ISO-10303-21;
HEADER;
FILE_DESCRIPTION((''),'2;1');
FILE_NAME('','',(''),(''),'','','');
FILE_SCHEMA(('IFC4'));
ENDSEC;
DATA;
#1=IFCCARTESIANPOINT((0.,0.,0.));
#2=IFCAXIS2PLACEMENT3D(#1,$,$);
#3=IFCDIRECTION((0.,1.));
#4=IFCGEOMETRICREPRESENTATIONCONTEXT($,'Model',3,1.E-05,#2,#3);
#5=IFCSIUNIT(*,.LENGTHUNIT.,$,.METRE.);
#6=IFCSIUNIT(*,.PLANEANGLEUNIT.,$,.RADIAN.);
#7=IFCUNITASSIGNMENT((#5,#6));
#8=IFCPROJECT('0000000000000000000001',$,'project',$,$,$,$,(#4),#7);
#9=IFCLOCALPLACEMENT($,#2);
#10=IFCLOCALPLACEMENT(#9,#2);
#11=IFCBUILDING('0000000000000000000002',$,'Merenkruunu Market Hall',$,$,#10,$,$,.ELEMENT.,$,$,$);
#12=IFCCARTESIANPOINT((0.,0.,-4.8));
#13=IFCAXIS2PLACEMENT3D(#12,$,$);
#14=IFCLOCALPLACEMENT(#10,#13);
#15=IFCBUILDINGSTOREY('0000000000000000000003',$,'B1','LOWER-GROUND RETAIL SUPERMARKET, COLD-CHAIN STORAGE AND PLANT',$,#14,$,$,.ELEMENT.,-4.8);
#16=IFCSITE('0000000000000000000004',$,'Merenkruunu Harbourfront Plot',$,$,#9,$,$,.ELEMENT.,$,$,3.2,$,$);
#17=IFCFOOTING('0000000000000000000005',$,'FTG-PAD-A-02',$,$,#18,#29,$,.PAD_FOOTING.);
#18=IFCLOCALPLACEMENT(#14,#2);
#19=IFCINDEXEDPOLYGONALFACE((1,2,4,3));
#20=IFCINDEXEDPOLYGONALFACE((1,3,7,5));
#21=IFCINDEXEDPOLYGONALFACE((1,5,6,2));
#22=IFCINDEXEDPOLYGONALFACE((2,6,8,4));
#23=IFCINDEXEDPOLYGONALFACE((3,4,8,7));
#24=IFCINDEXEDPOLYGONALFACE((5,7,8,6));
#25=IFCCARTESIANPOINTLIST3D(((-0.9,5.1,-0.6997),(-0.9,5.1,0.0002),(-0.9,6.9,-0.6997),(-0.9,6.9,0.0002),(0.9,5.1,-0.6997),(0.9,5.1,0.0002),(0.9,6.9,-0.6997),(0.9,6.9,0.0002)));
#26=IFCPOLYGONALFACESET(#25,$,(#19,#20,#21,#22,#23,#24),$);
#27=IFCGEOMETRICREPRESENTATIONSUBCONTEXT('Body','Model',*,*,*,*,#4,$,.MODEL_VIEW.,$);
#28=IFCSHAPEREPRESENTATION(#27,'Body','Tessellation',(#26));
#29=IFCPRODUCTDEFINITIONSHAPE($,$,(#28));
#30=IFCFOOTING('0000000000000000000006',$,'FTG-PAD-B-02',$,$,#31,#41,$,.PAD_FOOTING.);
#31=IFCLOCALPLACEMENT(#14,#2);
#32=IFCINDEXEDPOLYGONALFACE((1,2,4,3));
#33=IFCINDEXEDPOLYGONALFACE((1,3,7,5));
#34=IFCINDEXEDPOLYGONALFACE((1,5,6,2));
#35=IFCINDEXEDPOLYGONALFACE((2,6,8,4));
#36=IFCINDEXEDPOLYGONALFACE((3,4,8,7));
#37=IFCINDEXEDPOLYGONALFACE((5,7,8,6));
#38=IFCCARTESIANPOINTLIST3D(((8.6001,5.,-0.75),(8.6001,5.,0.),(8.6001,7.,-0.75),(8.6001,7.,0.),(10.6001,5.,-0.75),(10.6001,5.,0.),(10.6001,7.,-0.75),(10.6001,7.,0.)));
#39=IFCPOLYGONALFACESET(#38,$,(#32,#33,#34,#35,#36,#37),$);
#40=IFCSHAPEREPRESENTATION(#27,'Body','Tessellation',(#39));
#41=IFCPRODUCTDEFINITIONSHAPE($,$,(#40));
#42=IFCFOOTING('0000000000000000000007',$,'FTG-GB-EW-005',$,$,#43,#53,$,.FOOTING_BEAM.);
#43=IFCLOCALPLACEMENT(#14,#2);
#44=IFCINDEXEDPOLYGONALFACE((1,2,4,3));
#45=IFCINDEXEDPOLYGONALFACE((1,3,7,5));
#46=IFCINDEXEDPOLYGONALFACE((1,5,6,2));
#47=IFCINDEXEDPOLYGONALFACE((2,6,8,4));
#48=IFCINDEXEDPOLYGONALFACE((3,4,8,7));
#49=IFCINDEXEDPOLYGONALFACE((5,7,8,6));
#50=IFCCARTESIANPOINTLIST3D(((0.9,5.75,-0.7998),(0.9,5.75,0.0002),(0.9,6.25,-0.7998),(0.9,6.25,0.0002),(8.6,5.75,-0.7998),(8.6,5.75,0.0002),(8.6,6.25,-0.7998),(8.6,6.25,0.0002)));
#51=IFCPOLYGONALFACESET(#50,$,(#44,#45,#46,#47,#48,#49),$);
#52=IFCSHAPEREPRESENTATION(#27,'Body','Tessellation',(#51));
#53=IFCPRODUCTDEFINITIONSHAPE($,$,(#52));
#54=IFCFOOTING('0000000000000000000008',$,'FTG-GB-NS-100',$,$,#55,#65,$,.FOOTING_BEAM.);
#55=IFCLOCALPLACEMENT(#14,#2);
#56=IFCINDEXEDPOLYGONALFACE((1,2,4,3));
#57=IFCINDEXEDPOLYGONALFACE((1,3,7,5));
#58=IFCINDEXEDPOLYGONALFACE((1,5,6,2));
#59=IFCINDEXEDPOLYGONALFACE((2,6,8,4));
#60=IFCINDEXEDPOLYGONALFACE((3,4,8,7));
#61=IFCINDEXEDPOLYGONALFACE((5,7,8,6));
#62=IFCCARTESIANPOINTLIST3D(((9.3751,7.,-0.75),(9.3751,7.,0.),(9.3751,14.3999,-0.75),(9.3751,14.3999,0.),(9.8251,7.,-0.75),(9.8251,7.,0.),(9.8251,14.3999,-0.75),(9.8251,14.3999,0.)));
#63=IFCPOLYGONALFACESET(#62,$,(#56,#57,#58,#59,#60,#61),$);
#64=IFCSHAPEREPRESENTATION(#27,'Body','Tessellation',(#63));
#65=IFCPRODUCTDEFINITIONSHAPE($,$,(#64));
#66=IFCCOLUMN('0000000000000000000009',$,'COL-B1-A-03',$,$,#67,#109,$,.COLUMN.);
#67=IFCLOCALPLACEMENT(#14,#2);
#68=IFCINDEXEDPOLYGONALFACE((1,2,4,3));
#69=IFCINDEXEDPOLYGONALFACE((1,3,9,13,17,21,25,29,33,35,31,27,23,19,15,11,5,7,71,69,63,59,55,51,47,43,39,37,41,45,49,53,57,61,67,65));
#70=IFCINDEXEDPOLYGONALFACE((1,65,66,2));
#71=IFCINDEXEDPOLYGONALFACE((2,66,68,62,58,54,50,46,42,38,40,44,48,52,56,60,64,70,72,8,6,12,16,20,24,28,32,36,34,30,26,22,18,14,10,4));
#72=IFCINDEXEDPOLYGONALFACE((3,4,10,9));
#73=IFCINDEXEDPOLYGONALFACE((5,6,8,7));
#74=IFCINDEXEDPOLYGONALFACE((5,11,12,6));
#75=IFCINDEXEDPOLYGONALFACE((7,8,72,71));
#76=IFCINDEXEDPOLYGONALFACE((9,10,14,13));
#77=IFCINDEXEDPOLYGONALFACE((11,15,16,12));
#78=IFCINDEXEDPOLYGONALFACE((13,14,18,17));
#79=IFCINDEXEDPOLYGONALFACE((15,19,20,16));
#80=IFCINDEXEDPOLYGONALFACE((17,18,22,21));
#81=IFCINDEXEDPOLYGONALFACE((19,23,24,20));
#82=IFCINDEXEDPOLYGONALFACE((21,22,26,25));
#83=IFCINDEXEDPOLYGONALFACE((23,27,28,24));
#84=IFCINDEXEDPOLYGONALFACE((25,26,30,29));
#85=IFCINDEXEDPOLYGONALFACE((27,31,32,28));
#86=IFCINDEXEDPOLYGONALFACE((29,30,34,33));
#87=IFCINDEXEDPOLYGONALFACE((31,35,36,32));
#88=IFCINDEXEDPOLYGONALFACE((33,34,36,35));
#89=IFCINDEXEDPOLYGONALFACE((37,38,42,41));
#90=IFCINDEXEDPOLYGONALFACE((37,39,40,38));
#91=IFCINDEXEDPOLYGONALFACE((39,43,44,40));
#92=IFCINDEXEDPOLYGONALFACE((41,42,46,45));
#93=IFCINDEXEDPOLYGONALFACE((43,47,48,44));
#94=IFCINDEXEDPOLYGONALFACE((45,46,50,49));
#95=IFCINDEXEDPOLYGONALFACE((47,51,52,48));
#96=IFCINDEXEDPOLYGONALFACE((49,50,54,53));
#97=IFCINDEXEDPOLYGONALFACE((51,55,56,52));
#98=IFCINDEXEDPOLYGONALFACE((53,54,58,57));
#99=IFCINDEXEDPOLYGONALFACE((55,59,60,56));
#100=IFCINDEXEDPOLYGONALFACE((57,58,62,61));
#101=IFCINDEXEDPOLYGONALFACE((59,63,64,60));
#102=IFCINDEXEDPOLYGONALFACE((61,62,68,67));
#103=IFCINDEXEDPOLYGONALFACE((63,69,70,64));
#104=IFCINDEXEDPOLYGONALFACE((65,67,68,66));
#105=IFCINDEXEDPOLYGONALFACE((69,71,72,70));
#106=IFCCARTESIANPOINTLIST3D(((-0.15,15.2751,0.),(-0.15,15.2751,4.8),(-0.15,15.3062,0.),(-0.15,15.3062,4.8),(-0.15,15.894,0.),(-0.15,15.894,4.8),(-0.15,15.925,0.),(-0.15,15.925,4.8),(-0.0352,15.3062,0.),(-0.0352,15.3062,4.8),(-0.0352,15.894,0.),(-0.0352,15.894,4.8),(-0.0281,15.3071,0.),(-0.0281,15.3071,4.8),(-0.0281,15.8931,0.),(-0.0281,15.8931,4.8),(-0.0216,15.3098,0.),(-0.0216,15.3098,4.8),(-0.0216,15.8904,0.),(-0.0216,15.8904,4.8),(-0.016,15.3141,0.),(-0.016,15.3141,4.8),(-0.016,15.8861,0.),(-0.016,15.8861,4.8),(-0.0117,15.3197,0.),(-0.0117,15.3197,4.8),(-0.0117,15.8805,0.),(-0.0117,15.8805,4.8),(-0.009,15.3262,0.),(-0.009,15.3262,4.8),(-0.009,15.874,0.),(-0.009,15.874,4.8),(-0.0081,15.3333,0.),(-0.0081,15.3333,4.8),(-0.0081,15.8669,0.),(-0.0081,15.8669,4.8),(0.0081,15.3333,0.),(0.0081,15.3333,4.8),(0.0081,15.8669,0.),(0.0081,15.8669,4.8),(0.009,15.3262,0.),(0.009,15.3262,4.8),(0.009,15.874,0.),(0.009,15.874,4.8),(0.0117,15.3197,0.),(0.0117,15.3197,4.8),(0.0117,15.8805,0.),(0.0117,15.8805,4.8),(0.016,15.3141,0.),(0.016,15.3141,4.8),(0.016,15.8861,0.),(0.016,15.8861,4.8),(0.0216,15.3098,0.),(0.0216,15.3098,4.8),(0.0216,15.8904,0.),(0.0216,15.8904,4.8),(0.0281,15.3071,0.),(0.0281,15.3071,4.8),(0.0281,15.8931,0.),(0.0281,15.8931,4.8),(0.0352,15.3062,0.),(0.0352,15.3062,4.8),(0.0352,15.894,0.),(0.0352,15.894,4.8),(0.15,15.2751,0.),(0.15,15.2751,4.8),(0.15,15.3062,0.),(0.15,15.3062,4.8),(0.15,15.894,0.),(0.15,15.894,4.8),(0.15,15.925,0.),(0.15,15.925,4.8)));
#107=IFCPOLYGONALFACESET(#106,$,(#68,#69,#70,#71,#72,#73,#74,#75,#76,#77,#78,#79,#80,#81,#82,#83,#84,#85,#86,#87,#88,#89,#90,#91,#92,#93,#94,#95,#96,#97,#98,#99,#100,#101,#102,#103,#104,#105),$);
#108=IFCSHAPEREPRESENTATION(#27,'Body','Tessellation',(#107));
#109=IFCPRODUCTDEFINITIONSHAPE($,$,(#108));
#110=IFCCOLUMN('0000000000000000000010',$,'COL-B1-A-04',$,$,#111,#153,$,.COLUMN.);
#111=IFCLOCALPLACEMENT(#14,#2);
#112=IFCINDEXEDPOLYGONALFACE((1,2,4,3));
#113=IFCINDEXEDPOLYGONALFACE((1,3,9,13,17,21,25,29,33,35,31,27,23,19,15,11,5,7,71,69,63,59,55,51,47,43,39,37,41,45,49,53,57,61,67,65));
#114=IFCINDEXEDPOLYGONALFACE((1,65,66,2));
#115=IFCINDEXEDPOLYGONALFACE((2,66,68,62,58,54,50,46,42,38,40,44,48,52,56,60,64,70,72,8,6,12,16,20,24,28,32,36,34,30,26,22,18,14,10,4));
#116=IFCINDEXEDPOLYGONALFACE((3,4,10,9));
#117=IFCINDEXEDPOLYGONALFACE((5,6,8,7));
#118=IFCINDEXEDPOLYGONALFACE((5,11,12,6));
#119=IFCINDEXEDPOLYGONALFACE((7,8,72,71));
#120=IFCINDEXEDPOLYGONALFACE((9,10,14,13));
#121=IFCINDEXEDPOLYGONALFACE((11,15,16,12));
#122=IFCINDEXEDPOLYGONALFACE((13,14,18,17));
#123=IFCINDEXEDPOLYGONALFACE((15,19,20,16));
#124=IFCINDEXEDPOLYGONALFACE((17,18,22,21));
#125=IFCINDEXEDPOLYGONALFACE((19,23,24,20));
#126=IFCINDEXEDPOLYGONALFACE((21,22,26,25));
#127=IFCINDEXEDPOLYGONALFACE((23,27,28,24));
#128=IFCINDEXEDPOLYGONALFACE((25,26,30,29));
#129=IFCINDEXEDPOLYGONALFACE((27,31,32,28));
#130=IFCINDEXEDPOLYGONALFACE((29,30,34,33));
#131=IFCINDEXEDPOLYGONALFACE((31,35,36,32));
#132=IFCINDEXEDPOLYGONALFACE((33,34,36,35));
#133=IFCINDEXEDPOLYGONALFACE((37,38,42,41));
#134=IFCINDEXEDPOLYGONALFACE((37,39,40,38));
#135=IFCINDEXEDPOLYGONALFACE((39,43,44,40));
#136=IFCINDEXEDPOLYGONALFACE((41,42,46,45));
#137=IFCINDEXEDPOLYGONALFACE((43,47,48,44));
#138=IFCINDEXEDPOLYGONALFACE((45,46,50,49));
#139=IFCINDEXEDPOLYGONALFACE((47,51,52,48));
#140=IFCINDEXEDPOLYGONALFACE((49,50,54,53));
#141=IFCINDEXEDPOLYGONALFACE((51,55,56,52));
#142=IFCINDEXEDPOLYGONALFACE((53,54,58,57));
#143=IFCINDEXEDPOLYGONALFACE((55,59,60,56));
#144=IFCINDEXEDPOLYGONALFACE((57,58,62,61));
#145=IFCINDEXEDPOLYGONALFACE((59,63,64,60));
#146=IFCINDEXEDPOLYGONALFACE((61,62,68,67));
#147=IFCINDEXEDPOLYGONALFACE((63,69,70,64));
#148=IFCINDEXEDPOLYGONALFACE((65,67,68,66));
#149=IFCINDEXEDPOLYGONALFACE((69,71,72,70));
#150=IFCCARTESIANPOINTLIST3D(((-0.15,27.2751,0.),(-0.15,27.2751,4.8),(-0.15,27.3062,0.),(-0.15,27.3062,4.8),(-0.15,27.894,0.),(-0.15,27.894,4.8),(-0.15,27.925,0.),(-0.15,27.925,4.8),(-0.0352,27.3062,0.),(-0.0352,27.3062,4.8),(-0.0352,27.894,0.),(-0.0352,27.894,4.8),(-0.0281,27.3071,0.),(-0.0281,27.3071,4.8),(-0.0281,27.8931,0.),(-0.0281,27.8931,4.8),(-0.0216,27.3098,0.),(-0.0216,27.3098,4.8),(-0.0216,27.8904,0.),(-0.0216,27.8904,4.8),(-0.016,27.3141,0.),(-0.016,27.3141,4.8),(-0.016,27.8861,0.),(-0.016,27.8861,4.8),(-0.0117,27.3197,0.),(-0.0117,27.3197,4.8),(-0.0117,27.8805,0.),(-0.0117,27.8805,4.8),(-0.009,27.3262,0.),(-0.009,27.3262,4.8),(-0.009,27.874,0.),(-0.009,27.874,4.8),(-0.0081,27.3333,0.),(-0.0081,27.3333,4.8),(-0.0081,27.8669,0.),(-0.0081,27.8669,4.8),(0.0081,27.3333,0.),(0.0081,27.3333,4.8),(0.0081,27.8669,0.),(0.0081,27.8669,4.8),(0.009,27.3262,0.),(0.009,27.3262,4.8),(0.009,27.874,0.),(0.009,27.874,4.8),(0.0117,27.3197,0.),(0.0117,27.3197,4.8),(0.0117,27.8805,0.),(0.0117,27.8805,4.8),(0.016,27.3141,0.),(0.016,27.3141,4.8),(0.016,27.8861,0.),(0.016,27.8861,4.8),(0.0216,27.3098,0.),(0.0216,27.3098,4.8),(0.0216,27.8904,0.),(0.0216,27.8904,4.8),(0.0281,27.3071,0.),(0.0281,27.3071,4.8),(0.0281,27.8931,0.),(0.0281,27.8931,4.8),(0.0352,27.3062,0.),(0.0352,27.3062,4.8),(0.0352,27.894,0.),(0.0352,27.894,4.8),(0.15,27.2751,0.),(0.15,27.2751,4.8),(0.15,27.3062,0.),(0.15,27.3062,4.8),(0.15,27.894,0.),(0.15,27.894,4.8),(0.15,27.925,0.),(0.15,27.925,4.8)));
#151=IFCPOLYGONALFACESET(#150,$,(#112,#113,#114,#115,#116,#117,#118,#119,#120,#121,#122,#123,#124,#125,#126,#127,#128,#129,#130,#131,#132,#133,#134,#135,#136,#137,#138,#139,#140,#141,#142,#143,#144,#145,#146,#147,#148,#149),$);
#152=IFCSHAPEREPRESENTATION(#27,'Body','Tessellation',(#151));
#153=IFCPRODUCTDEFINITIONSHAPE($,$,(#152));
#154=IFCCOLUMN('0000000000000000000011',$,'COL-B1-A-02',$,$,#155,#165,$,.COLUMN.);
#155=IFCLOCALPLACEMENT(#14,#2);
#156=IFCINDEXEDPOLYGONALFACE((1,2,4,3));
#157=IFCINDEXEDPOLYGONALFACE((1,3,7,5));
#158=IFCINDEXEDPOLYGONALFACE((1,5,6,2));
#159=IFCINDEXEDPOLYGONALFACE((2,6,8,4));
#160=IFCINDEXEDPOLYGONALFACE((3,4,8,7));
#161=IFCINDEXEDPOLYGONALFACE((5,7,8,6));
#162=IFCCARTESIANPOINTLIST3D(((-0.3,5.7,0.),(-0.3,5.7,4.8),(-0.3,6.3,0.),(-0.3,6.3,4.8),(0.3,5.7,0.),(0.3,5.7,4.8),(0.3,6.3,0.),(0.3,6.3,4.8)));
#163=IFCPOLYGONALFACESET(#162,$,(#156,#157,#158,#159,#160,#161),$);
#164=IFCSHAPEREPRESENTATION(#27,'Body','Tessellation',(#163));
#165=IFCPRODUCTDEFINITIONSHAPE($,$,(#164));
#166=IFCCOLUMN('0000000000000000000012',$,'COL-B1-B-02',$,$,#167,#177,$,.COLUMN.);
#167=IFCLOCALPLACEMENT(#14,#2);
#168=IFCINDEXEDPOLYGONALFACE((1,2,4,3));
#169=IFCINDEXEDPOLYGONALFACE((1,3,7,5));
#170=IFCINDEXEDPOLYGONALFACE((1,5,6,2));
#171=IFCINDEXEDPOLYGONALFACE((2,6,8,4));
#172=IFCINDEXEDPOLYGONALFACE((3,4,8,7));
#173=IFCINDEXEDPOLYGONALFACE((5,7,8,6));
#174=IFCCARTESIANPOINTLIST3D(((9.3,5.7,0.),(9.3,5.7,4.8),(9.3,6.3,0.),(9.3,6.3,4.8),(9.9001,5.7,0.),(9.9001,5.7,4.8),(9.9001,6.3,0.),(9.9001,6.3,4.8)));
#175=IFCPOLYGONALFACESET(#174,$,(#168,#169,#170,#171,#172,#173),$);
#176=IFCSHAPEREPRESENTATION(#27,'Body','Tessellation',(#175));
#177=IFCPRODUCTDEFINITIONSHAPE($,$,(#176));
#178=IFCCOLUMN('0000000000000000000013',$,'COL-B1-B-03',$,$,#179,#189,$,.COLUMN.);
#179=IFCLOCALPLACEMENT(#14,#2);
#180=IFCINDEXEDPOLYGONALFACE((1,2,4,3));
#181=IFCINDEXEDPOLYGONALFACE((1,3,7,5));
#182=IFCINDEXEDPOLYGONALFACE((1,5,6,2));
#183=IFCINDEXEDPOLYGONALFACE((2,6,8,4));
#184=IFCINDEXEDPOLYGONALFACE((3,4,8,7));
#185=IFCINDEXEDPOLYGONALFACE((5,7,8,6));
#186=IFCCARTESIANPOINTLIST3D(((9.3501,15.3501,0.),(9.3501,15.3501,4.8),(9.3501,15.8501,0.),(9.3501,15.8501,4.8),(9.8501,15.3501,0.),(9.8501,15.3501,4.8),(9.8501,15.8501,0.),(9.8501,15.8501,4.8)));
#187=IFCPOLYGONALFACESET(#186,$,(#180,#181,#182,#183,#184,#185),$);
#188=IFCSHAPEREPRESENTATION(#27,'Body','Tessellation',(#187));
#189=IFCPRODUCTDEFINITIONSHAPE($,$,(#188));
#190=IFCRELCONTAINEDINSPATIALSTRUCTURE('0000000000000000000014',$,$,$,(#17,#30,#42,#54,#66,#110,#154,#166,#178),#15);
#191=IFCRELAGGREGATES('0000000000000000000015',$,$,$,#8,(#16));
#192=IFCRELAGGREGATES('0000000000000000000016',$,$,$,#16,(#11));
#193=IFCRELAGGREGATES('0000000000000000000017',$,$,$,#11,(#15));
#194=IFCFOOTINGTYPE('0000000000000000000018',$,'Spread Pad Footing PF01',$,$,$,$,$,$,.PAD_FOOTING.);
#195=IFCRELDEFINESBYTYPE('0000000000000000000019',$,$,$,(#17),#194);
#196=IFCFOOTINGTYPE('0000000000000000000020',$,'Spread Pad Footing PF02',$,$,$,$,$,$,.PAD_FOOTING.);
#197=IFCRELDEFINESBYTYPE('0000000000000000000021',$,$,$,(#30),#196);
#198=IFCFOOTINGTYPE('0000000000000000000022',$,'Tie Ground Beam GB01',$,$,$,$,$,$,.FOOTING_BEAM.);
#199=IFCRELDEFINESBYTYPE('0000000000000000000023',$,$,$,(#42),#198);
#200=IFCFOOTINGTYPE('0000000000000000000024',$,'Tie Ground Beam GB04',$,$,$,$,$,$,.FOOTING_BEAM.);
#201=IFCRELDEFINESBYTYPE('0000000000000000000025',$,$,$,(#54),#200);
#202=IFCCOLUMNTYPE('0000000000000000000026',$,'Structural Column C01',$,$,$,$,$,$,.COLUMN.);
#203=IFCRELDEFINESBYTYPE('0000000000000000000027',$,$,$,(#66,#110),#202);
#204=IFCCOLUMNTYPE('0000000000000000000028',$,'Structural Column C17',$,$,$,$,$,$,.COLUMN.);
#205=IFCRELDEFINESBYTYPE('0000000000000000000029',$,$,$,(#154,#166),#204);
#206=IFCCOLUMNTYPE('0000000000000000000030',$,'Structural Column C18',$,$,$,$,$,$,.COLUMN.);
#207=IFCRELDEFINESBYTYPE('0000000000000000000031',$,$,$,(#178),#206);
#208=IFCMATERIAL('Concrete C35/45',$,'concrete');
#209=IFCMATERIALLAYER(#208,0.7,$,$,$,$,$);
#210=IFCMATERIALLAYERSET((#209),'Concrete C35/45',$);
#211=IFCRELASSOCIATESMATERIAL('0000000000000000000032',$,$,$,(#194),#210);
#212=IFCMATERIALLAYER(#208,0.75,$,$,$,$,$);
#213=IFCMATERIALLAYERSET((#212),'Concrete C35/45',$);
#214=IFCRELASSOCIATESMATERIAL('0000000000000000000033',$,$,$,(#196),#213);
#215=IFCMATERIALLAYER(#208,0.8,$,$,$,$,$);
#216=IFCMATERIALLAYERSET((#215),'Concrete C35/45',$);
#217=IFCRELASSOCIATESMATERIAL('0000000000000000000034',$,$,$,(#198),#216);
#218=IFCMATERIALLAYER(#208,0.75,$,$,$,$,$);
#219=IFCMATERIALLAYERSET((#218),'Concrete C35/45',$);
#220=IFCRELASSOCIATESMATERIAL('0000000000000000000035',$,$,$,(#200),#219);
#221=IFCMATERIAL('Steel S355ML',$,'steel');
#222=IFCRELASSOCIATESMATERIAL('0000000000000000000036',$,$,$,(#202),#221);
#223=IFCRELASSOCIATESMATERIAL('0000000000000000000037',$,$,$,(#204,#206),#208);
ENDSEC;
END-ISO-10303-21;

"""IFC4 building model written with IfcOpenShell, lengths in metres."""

from ifc_helpers import new_model, si_unit, direction, frame, origin, origin_2d, place, context, subcontext, project, spatial, rectangle, i_section, extrude, material, layer, layer_set, material_profile, profile_set, type_object, element, save


model = new_model("IFC4")

# Units and contexts
model_context = context("Model", 3, precision=1e-05, world=origin(), true_north=direction((0.0, 1.0)))
body_context = subcontext(model_context, "Body", "Model", "MODEL_VIEW")
ifc_project = project(units=[si_unit("LENGTHUNIT", "METRE"), si_unit("PLANEANGLEUNIT", "RADIAN")], contexts=[model_context])

# Site, building, storey
site_placement = place(None, origin())
site = spatial("IfcSite", under=ifc_project, at=site_placement, Name="Merenkruunu Harbourfront Plot", CompositionType="ELEMENT", RefElevation=3.2)
building_placement = place(site_placement, origin())
building = spatial("IfcBuilding", under=site, at=building_placement, Name="Merenkruunu Market Hall", CompositionType="ELEMENT")
storey_placement = place(building_placement, frame((0.0, 0.0, -4.8)))
storey = spatial("IfcBuildingStorey", under=building, at=storey_placement, Name="B1", Description="LOWER-GROUND RETAIL SUPERMARKET, COLD-CHAIN STORAGE AND PLANT", CompositionType="ELEMENT", Elevation=-4.8)

# Shared definitions
ifc_material_1 = material(Name="Concrete C35/45", Category="concrete")

# Footings
ifc_layer_1 = layer(ifc_material_1, 0.7)
ifc_layer_set_1 = layer_set([ifc_layer_1], Name="Concrete C35/45")
footing_type_1 = type_object("IfcFootingType", Name="Spread Pad Footing PF01", PredefinedType="PAD_FOOTING", material=ifc_layer_set_1)
footing_1_placement = place(storey_placement, frame((0.0, 6.0, -0.6997), z_axis=(0.0, 0.0, 1.0), x_axis=(1.0, 0.0, 0.0)))
element("IfcFooting", 1, at=footing_1_placement, inside=storey, type_object=footing_type_1, Name="FTG-PAD-A-02", PredefinedType="PAD_FOOTING", context=body_context, shape_type="SweptSolid", body=[
    extrude(rectangle(XDim=1.8, YDim=1.8, at=origin_2d()), origin(), (0.0, 0.0, 1.0), 0.7),
])
ifc_layer_2 = layer(ifc_material_1, 0.75)
ifc_layer_set_2 = layer_set([ifc_layer_2], Name="Concrete C35/45")
footing_type_2 = type_object("IfcFootingType", Name="Spread Pad Footing PF02", PredefinedType="PAD_FOOTING", material=ifc_layer_set_2)
footing_2_placement = place(storey_placement, frame((9.6001, 6.0, -0.75), z_axis=(0.0, 0.0, 1.0), x_axis=(1.0, 0.0, 0.0)))
element("IfcFooting", 2, at=footing_2_placement, inside=storey, type_object=footing_type_2, Name="FTG-PAD-B-02", PredefinedType="PAD_FOOTING", context=body_context, shape_type="SweptSolid", body=[
    extrude(rectangle(XDim=2.0, YDim=2.0, at=origin_2d()), origin(), (0.0, 0.0, 1.0), 0.75),
])
ifc_layer_3 = layer(ifc_material_1, 0.8)
ifc_layer_set_3 = layer_set([ifc_layer_3], Name="Concrete C35/45")
footing_type_3 = type_object("IfcFootingType", Name="Tie Ground Beam GB01", PredefinedType="FOOTING_BEAM", material=ifc_layer_set_3)
footing_3_placement = place(storey_placement, frame((4.75, 6.0, -0.7998), z_axis=(0.0, 0.0, 1.0), x_axis=(1.0, 0.0, 0.0)))
element("IfcFooting", 3, at=footing_3_placement, inside=storey, type_object=footing_type_3, Name="FTG-GB-EW-005", PredefinedType="FOOTING_BEAM", context=body_context, shape_type="SweptSolid", body=[
    extrude(rectangle(XDim=7.7, YDim=0.5, at=origin_2d()), origin(), (0.0, 0.0, 1.0), 0.8),
])
ifc_layer_4 = layer(ifc_material_1, 0.75)
ifc_layer_set_4 = layer_set([ifc_layer_4], Name="Concrete C35/45")
footing_type_4 = type_object("IfcFootingType", Name="Tie Ground Beam GB04", PredefinedType="FOOTING_BEAM", material=ifc_layer_set_4)
footing_4_placement = place(storey_placement, frame((9.6001, 10.7, -0.75), z_axis=(0.0, 0.0, 1.0), x_axis=(0.0, 1.0, 0.0)))
element("IfcFooting", 4, at=footing_4_placement, inside=storey, type_object=footing_type_4, Name="FTG-GB-NS-100", PredefinedType="FOOTING_BEAM", context=body_context, shape_type="SweptSolid", body=[
    extrude(rectangle(XDim=7.3999, YDim=0.45, at=origin_2d()), origin(), (0.0, 0.0, 1.0), 0.75),
])

# Columns
ifc_material_2 = material(Name="Steel S355ML", Category="steel")
ifc_material_profile_1 = material_profile(ifc_material_2, i_section(OverallWidth=0.3, OverallDepth=0.6499, WebThickness=0.0161, FlangeThickness=0.031, FilletRadius=0.0271, at=origin_2d()), Name="HEB 650")
ifc_profile_set_1 = profile_set([ifc_material_profile_1], Name="Steel S355ML")
column_type_1 = type_object("IfcColumnType", Name="Structural Column C01", PredefinedType="COLUMN", material=ifc_profile_set_1)
for number, where, z_axis, x_axis, name in (
    (5, (0.0, 15.6001, 0.0), (0.0, 0.0, 1.0), (1.0, 0.0, 0.0), "COL-B1-A-03"),
    (6, (0.0, 27.6001, 0.0), (0.0, 0.0, 1.0), (1.0, 0.0, 0.0), "COL-B1-A-04"),
):
    element("IfcColumn", number, at=place(storey_placement, frame(where, z_axis=z_axis, x_axis=x_axis)), inside=storey, type_object=column_type_1, Name=name, PredefinedType="COLUMN", context=body_context, shape_type="SweptSolid", body=[
        extrude(i_section(OverallWidth=0.3, OverallDepth=0.6499, WebThickness=0.0161, FlangeThickness=0.031, FilletRadius=0.0271, at=origin_2d()), origin(), (0.0, 0.0, 1.0), 4.8),
    ])
ifc_material_profile_2 = material_profile(ifc_material_1, rectangle(XDim=0.6001, YDim=0.6001, at=origin_2d()), Name="RC 600x600")
ifc_profile_set_2 = profile_set([ifc_material_profile_2], Name="Concrete C35/45")
column_type_2 = type_object("IfcColumnType", Name="Structural Column C17", PredefinedType="COLUMN", material=ifc_profile_set_2)
for number, where, z_axis, x_axis, name in (
    (7, (0.0, 6.0, 0.0), (0.0, 0.0, 1.0), (1.0, 0.0, 0.0), "COL-B1-A-02"),
    (8, (9.6001, 6.0, 0.0), (0.0, 0.0, 1.0), (1.0, 0.0, 0.0), "COL-B1-B-02"),
):
    element("IfcColumn", number, at=place(storey_placement, frame(where, z_axis=z_axis, x_axis=x_axis)), inside=storey, type_object=column_type_2, Name=name, PredefinedType="COLUMN", context=body_context, shape_type="SweptSolid", body=[
        extrude(rectangle(XDim=0.6001, YDim=0.6001, at=origin_2d()), origin(), (0.0, 0.0, 1.0), 4.8),
    ])
ifc_material_profile_3 = material_profile(ifc_material_1, rectangle(XDim=0.5, YDim=0.5, at=origin_2d()), Name="RC 500x500")
ifc_profile_set_3 = profile_set([ifc_material_profile_3], Name="Concrete C35/45")
column_type_3 = type_object("IfcColumnType", Name="Structural Column C18", PredefinedType="COLUMN", material=ifc_profile_set_3)
column_placement = place(storey_placement, frame((9.6001, 15.6001, 0.0), z_axis=(0.0, 0.0, 1.0), x_axis=(1.0, 0.0, 0.0)))
element("IfcColumn", 9, at=column_placement, inside=storey, type_object=column_type_3, Name="COL-B1-B-03", PredefinedType="COLUMN", context=body_context, shape_type="SweptSolid", body=[
    extrude(rectangle(XDim=0.5, YDim=0.5, at=origin_2d()), origin(), (0.0, 0.0, 1.0), 4.8),
])

save(model, "model.ifc")
